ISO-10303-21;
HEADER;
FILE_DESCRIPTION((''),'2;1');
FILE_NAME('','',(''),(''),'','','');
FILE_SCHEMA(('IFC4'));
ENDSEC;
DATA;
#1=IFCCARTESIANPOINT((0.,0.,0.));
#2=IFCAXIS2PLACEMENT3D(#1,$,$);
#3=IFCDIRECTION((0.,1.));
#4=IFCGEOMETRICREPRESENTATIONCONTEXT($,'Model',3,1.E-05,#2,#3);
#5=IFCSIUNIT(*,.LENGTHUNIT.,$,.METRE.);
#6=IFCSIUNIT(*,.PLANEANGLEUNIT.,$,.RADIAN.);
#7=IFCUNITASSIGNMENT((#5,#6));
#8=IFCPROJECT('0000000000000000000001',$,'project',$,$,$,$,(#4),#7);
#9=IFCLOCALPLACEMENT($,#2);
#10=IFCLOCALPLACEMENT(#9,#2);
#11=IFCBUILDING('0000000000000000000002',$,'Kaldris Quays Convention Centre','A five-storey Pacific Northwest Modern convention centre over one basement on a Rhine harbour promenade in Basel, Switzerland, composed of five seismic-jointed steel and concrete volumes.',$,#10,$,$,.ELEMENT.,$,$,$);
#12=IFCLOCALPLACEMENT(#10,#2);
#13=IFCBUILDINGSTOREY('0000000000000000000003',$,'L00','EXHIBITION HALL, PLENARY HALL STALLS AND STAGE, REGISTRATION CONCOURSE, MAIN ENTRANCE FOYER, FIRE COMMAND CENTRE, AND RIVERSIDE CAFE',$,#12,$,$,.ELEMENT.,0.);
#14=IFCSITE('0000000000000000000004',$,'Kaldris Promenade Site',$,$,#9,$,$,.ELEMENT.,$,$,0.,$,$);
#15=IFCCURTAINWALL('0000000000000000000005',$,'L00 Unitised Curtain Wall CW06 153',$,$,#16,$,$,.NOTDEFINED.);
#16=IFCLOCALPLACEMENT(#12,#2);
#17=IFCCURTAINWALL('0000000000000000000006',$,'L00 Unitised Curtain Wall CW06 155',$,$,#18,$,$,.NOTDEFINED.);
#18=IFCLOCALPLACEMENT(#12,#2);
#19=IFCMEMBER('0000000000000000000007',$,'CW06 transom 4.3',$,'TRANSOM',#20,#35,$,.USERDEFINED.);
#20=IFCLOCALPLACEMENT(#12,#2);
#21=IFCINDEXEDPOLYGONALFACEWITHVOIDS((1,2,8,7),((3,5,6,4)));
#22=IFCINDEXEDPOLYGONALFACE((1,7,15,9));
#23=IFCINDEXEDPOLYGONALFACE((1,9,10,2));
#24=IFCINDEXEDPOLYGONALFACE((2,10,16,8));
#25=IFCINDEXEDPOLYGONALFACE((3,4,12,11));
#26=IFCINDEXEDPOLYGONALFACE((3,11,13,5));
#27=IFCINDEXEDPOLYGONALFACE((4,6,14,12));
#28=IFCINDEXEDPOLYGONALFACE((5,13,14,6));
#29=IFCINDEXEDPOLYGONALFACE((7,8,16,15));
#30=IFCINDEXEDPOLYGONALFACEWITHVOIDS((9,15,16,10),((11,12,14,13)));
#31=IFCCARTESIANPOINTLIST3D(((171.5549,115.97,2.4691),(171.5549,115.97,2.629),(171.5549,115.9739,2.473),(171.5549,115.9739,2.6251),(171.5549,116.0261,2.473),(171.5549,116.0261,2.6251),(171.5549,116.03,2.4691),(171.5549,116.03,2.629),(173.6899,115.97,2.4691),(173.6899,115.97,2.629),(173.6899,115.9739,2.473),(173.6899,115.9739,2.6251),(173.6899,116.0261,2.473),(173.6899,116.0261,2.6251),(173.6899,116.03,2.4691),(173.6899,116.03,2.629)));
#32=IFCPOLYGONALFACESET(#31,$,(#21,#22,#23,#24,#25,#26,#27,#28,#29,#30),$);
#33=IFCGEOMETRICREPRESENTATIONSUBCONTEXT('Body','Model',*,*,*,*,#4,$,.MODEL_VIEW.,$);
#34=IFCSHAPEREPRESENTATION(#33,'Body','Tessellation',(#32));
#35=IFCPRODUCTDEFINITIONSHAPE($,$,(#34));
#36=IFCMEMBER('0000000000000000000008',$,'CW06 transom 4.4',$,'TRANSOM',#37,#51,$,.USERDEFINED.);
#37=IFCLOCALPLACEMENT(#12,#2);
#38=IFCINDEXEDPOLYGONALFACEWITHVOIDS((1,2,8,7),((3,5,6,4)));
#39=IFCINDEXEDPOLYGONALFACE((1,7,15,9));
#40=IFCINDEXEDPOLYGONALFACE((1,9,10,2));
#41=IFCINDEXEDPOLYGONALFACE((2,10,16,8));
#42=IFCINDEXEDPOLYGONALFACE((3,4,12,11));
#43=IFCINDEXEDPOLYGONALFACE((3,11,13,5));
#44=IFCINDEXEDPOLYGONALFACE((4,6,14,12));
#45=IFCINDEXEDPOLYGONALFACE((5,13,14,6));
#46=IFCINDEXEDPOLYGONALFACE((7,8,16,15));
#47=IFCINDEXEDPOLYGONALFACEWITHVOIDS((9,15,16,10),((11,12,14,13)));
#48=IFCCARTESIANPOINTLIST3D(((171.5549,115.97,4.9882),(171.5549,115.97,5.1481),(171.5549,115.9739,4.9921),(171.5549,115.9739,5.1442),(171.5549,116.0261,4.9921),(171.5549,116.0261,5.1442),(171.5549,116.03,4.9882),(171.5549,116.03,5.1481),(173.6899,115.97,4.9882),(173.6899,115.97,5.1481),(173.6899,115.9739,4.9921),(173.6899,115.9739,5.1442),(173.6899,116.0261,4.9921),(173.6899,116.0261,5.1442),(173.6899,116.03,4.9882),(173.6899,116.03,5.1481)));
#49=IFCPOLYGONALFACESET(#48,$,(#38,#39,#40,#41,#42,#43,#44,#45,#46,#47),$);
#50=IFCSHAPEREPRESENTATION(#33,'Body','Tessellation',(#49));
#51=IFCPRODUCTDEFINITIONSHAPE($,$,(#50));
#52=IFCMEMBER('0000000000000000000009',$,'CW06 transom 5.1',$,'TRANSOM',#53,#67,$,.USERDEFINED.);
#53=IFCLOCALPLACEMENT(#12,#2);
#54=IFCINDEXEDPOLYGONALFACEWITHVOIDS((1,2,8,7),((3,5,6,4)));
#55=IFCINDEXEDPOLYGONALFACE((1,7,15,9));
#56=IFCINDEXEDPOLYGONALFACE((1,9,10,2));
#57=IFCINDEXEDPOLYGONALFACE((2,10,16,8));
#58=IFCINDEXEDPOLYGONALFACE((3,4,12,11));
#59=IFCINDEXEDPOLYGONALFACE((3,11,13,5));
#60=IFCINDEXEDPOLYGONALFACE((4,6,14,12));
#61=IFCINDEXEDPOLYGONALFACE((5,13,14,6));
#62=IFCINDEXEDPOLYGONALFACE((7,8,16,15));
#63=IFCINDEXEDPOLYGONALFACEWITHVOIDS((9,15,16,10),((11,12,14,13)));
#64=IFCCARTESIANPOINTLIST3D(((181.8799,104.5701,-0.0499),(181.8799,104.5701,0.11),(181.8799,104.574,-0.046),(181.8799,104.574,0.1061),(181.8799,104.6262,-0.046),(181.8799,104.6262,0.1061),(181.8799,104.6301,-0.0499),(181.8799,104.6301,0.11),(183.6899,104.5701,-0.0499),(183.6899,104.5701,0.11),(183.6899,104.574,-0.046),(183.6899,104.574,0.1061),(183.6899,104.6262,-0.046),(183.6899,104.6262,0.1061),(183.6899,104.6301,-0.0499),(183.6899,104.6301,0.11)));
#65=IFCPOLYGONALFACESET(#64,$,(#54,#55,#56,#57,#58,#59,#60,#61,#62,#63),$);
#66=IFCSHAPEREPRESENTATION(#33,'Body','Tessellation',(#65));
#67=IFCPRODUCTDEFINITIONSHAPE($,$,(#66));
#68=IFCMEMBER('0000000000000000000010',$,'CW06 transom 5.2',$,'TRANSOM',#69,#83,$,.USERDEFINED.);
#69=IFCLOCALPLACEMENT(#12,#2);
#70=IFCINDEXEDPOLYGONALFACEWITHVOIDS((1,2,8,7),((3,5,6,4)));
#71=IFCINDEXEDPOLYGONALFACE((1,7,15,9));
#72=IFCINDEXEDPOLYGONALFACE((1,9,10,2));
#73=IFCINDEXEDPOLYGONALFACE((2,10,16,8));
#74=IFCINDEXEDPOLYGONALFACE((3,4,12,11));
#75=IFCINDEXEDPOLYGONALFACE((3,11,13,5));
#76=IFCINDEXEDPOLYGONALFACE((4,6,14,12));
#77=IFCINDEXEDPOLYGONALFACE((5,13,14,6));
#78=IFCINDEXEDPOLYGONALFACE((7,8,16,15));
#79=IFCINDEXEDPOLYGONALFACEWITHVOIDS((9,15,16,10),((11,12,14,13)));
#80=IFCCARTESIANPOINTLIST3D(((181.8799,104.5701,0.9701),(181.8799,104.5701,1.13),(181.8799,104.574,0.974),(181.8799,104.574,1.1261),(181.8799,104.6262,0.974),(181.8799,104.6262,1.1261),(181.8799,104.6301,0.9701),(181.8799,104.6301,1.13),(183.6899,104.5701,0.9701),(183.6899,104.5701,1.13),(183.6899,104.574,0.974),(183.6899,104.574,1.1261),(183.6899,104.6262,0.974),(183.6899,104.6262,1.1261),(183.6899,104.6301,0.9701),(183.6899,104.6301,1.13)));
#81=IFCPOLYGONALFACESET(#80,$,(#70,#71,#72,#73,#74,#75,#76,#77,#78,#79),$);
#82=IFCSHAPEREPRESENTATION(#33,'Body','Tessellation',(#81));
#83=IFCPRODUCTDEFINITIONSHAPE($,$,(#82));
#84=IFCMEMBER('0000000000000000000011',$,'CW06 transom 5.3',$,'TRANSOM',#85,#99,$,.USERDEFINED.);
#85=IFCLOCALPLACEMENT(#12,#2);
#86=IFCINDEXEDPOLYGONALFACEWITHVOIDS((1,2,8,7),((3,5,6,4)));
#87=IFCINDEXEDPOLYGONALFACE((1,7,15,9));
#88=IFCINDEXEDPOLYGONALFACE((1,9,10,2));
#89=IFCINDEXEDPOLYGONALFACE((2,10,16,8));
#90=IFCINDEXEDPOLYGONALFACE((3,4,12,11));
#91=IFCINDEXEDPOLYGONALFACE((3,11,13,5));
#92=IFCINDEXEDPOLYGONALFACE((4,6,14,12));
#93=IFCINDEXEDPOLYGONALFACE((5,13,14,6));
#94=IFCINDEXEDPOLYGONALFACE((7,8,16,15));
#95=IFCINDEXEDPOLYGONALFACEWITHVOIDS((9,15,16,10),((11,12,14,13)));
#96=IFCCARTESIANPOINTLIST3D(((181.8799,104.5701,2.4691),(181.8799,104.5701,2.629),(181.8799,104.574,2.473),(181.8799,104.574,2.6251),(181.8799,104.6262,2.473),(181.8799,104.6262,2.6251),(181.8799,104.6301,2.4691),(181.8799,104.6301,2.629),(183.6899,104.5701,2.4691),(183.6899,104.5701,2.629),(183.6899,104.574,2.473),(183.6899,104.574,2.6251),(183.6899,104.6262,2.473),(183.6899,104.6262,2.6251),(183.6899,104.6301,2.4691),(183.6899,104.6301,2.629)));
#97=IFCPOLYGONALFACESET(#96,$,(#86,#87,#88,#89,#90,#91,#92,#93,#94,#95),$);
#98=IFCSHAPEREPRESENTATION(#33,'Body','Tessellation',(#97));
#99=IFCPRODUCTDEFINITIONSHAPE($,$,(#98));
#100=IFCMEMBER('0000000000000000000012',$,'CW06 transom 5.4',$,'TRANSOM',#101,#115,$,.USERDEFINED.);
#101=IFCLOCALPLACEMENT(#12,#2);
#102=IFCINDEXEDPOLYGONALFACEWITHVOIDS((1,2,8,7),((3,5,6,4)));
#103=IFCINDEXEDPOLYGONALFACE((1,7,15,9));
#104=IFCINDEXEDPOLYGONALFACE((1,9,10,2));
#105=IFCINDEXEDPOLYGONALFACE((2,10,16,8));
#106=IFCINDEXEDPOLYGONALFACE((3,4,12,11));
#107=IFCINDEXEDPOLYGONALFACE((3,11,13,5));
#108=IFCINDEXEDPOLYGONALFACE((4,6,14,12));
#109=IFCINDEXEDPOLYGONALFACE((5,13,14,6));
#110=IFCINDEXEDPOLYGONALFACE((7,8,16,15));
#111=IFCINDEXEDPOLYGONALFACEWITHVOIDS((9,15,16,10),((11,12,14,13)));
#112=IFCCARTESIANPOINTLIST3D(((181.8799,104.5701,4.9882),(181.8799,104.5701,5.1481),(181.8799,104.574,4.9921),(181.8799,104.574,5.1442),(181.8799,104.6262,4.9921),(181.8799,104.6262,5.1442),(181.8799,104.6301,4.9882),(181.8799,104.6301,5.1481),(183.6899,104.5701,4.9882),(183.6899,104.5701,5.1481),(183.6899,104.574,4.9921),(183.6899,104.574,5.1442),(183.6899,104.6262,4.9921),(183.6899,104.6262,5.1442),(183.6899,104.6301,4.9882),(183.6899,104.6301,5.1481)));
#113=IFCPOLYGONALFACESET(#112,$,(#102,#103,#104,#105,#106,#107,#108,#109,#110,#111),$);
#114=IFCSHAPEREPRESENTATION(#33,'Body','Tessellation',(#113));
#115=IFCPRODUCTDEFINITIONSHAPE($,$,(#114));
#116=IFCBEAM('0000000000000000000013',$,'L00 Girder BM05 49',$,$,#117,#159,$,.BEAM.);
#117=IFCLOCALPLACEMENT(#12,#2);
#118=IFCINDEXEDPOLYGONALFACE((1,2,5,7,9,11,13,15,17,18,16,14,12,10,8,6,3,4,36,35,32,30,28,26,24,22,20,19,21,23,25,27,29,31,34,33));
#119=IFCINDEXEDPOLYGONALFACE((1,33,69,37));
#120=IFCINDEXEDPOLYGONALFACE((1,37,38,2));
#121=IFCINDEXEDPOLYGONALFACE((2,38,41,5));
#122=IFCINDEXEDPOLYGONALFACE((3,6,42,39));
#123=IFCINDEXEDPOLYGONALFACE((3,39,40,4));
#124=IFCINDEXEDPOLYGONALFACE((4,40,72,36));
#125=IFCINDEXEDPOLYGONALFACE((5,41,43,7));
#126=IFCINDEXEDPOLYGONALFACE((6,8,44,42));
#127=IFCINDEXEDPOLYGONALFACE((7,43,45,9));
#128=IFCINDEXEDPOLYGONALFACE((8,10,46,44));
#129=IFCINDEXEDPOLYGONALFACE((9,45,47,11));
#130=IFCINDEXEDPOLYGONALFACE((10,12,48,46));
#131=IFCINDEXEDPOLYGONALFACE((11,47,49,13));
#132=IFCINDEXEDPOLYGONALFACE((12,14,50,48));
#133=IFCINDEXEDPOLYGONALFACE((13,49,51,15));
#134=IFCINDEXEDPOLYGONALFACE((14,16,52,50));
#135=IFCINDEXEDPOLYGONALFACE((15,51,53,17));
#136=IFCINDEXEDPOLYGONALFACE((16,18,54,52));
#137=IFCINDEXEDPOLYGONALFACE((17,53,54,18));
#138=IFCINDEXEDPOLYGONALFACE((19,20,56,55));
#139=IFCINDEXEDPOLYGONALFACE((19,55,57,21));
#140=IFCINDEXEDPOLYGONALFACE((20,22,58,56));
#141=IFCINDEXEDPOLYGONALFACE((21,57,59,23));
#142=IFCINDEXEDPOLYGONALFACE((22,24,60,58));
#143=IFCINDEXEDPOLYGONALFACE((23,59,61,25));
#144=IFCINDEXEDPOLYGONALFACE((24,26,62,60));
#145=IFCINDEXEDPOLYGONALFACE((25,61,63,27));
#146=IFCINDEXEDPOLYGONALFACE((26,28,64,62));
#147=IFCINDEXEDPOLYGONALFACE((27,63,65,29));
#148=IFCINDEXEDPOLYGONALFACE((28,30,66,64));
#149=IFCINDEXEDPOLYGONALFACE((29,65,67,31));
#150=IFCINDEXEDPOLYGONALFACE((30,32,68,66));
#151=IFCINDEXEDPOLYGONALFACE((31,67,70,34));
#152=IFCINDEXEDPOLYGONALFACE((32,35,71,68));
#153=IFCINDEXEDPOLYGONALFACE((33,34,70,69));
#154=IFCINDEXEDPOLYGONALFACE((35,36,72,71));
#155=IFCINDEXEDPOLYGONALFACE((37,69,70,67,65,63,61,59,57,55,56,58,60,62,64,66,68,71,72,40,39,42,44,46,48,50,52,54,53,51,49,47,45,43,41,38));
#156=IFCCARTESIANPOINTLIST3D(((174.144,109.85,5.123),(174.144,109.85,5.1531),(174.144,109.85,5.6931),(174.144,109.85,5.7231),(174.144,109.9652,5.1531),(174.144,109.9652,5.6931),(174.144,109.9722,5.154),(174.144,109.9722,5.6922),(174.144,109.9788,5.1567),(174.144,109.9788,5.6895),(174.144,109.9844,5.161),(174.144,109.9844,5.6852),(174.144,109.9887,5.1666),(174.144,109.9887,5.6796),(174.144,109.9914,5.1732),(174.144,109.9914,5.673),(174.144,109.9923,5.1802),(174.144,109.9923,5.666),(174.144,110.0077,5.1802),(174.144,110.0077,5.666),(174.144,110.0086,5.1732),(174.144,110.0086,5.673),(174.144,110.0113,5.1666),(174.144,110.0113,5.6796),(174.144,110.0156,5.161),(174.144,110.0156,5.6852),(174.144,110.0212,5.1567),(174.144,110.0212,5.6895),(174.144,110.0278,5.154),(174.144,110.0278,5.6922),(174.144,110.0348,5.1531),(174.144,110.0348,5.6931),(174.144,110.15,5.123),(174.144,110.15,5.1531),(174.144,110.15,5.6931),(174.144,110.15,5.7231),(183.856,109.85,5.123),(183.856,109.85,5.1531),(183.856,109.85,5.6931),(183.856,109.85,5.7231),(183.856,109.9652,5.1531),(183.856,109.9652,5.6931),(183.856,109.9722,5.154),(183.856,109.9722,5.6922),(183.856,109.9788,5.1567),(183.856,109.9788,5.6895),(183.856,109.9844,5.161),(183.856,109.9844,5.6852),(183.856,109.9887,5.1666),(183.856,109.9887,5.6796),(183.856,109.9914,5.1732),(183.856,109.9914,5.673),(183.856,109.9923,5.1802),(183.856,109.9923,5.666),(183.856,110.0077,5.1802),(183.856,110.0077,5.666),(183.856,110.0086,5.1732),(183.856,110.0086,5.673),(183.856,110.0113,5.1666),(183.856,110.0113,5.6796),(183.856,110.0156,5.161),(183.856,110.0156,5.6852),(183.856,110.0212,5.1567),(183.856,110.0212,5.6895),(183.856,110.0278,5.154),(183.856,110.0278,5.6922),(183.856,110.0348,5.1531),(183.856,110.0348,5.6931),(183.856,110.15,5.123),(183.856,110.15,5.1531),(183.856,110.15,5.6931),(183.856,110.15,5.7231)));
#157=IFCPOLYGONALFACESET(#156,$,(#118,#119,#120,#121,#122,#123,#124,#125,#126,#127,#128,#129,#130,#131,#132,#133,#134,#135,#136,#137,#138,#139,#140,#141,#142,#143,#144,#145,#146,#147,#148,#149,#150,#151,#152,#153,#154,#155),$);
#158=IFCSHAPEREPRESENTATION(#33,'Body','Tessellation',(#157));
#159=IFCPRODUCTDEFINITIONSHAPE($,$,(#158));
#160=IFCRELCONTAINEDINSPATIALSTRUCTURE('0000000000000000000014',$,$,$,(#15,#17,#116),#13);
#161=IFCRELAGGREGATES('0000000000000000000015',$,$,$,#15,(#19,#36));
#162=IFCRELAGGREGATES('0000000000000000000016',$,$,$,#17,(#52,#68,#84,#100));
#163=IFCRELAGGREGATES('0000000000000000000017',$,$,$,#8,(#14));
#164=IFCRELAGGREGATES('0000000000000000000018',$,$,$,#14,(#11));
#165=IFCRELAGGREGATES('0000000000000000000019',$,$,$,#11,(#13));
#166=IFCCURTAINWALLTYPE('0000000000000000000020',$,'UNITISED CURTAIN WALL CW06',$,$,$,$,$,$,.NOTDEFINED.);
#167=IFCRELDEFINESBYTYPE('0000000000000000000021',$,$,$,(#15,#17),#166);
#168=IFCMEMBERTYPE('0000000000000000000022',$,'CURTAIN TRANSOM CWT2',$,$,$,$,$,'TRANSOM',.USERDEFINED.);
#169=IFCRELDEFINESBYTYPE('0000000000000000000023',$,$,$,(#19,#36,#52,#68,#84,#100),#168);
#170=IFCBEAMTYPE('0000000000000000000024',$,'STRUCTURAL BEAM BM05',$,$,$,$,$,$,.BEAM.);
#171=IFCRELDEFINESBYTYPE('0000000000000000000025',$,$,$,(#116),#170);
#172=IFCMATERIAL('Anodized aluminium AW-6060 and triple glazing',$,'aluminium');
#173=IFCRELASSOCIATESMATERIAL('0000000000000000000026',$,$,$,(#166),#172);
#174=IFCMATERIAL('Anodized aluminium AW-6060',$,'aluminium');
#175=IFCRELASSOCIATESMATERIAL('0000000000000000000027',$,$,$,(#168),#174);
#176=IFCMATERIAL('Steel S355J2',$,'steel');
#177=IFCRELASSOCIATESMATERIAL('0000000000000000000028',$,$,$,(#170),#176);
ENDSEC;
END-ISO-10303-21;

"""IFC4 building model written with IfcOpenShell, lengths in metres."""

from ifc_helpers import new_model, si_unit, direction, frame, origin, origin_2d, place, context, subcontext, project, spatial, hollow_rectangle, i_section, extrude, material, material_profile, profile_set, type_object, element, aggregate, save


model = new_model("IFC4")

# Units and contexts
model_context = context("Model", 3, precision=1e-05, world=origin(), true_north=direction((0.0, 1.0)))
body_context = subcontext(model_context, "Body", "Model", "MODEL_VIEW")
ifc_project = project(units=[si_unit("LENGTHUNIT", "METRE"), si_unit("PLANEANGLEUNIT", "RADIAN")], contexts=[model_context])

# Site, building, storey
site_placement = place(None, origin())
site = spatial("IfcSite", under=ifc_project, at=site_placement, Name="Kaldris Promenade Site", CompositionType="ELEMENT", RefElevation=0.0)
building_placement = place(site_placement, origin())
building = spatial("IfcBuilding", under=site, at=building_placement, Name="Kaldris Quays Convention Centre", Description="A five-storey Pacific Northwest Modern convention centre over one basement on a Rhine harbour promenade in Basel, Switzerland, composed of five seismic-jointed steel and concrete volumes.", CompositionType="ELEMENT")
storey_placement = place(building_placement, origin())
storey = spatial("IfcBuildingStorey", under=building, at=storey_placement, Name="L00", Description="EXHIBITION HALL, PLENARY HALL STALLS AND STAGE, REGISTRATION CONCOURSE, MAIN ENTRANCE FOYER, FIRE COMMAND CENTRE, AND RIVERSIDE CAFE", CompositionType="ELEMENT", Elevation=0.0)

# Shared definitions
ifc_material_1 = material(Name="Steel S355J2", Category="steel")

# Curtain wall
ifc_material_2 = material(Name="Anodized aluminium AW-6060 and triple glazing", Category="aluminium")
curtain_wall_type = type_object("IfcCurtainWallType", Name="UNITISED CURTAIN WALL CW06", PredefinedType="NOTDEFINED", material=ifc_material_2)
curtain_wall_1_placement = place(storey_placement, origin())
curtain_wall_1 = element("IfcCurtainWall", 1, at=curtain_wall_1_placement, inside=storey, type_object=curtain_wall_type, Name="L00 Unitised Curtain Wall CW06 153", PredefinedType="NOTDEFINED")
ifc_material_3 = material(Name="Anodized aluminium AW-6060", Category="aluminium")

# Curtain wall
curtain_wall_2_placement = place(storey_placement, origin())
curtain_wall_2 = element("IfcCurtainWall", 2, at=curtain_wall_2_placement, inside=storey, type_object=curtain_wall_type, Name="L00 Unitised Curtain Wall CW06 155", PredefinedType="NOTDEFINED")

# Members
ifc_material_profile_1 = material_profile(ifc_material_3, hollow_rectangle(XDim=0.0601, YDim=0.1599, WallThickness=0.0039, at=origin_2d()), Name="RHS 160x60x4")
ifc_profile_set_1 = profile_set([ifc_material_profile_1], Name="Anodized aluminium AW-6060")
member_type_1 = type_object("IfcMemberType", Name="CURTAIN TRANSOM CWT2", ElementType="TRANSOM", PredefinedType="USERDEFINED", material=ifc_profile_set_1)
member_1_placement = place(storey_placement, frame((171.5549, 116.0, 2.5491), z_axis=(1.0, 0.0, 0.0), x_axis=(0.0, 1.0, 0.0)))
member_1 = element("IfcMember", 3, at=member_1_placement, type_object=member_type_1, Name="CW06 transom 4.3", ObjectType="TRANSOM", PredefinedType="USERDEFINED", context=body_context, shape_type="SweptSolid", body=[
    extrude(hollow_rectangle(XDim=0.0601, YDim=0.1599, WallThickness=0.0039, at=origin_2d()), origin(), (0.0, 0.0, 1.0), 2.135),
])
member_2_placement = place(storey_placement, frame((171.5549, 116.0, 5.0681), z_axis=(1.0, 0.0, 0.0), x_axis=(0.0, 1.0, 0.0)))
member_2 = element("IfcMember", 4, at=member_2_placement, type_object=member_type_1, Name="CW06 transom 4.4", ObjectType="TRANSOM", PredefinedType="USERDEFINED", context=body_context, shape_type="SweptSolid", body=[
    extrude(hollow_rectangle(XDim=0.0601, YDim=0.1599, WallThickness=0.0039, at=origin_2d()), origin(), (0.0, 0.0, 1.0), 2.135),
])
member_3_placement = place(storey_placement, frame((181.8799, 104.6001, 0.03), z_axis=(1.0, 0.0, 0.0), x_axis=(0.0, 1.0, 0.0)))
member_3 = element("IfcMember", 5, at=member_3_placement, type_object=member_type_1, Name="CW06 transom 5.1", ObjectType="TRANSOM", PredefinedType="USERDEFINED", context=body_context, shape_type="SweptSolid", body=[
    extrude(hollow_rectangle(XDim=0.0601, YDim=0.1599, WallThickness=0.0039, at=origin_2d()), origin(), (0.0, 0.0, 1.0), 1.8101),
])
member_4_placement = place(storey_placement, frame((181.8799, 104.6001, 1.05), z_axis=(1.0, 0.0, 0.0), x_axis=(0.0, 1.0, 0.0)))
member_4 = element("IfcMember", 6, at=member_4_placement, type_object=member_type_1, Name="CW06 transom 5.2", ObjectType="TRANSOM", PredefinedType="USERDEFINED", context=body_context, shape_type="SweptSolid", body=[
    extrude(hollow_rectangle(XDim=0.0601, YDim=0.1599, WallThickness=0.0039, at=origin_2d()), origin(), (0.0, 0.0, 1.0), 1.8101),
])
member_5_placement = place(storey_placement, frame((181.8799, 104.6001, 2.5491), z_axis=(1.0, 0.0, 0.0), x_axis=(0.0, 1.0, 0.0)))
member_5 = element("IfcMember", 7, at=member_5_placement, type_object=member_type_1, Name="CW06 transom 5.3", ObjectType="TRANSOM", PredefinedType="USERDEFINED", context=body_context, shape_type="SweptSolid", body=[
    extrude(hollow_rectangle(XDim=0.0601, YDim=0.1599, WallThickness=0.0039, at=origin_2d()), origin(), (0.0, 0.0, 1.0), 1.8101),
])
member_6_placement = place(storey_placement, frame((181.8799, 104.6001, 5.0681), z_axis=(1.0, 0.0, 0.0), x_axis=(0.0, 1.0, 0.0)))
member_6 = element("IfcMember", 8, at=member_6_placement, type_object=member_type_1, Name="CW06 transom 5.4", ObjectType="TRANSOM", PredefinedType="USERDEFINED", context=body_context, shape_type="SweptSolid", body=[
    extrude(hollow_rectangle(XDim=0.0601, YDim=0.1599, WallThickness=0.0039, at=origin_2d()), origin(), (0.0, 0.0, 1.0), 1.8101),
])

# Beam
ifc_material_profile_2 = material_profile(ifc_material_1, i_section(OverallWidth=0.3, OverallDepth=0.6001, WebThickness=0.0154, FlangeThickness=0.03, FilletRadius=0.0271, at=origin_2d()), Name="HEB 600")
ifc_profile_set_2 = profile_set([ifc_material_profile_2], Name="Steel S355J2")
beam_type_1 = type_object("IfcBeamType", Name="STRUCTURAL BEAM BM05", PredefinedType="BEAM", material=ifc_profile_set_2)
for number, where, z_axis, x_axis, name in (
    (9, (174.144, 110.0, 5.4231), (1.0, 0.0, 0.0), (0.0, 1.0, 0.0), "L00 Girder BM05 49"),
):
    element("IfcBeam", number, at=place(storey_placement, frame(where, z_axis=z_axis, x_axis=x_axis)), inside=storey, type_object=beam_type_1, Name=name, PredefinedType="BEAM", context=body_context, shape_type="SweptSolid", body=[
        extrude(i_section(OverallWidth=0.3, OverallDepth=0.6001, WebThickness=0.0154, FlangeThickness=0.03, FilletRadius=0.0271, at=origin_2d()), origin(), (0.0, 0.0, 1.0), 9.7119),
    ])

aggregate(curtain_wall_1, [member_1, member_2])
aggregate(curtain_wall_2, [member_3, member_4, member_5, member_6])

save(model, "model.ifc")
